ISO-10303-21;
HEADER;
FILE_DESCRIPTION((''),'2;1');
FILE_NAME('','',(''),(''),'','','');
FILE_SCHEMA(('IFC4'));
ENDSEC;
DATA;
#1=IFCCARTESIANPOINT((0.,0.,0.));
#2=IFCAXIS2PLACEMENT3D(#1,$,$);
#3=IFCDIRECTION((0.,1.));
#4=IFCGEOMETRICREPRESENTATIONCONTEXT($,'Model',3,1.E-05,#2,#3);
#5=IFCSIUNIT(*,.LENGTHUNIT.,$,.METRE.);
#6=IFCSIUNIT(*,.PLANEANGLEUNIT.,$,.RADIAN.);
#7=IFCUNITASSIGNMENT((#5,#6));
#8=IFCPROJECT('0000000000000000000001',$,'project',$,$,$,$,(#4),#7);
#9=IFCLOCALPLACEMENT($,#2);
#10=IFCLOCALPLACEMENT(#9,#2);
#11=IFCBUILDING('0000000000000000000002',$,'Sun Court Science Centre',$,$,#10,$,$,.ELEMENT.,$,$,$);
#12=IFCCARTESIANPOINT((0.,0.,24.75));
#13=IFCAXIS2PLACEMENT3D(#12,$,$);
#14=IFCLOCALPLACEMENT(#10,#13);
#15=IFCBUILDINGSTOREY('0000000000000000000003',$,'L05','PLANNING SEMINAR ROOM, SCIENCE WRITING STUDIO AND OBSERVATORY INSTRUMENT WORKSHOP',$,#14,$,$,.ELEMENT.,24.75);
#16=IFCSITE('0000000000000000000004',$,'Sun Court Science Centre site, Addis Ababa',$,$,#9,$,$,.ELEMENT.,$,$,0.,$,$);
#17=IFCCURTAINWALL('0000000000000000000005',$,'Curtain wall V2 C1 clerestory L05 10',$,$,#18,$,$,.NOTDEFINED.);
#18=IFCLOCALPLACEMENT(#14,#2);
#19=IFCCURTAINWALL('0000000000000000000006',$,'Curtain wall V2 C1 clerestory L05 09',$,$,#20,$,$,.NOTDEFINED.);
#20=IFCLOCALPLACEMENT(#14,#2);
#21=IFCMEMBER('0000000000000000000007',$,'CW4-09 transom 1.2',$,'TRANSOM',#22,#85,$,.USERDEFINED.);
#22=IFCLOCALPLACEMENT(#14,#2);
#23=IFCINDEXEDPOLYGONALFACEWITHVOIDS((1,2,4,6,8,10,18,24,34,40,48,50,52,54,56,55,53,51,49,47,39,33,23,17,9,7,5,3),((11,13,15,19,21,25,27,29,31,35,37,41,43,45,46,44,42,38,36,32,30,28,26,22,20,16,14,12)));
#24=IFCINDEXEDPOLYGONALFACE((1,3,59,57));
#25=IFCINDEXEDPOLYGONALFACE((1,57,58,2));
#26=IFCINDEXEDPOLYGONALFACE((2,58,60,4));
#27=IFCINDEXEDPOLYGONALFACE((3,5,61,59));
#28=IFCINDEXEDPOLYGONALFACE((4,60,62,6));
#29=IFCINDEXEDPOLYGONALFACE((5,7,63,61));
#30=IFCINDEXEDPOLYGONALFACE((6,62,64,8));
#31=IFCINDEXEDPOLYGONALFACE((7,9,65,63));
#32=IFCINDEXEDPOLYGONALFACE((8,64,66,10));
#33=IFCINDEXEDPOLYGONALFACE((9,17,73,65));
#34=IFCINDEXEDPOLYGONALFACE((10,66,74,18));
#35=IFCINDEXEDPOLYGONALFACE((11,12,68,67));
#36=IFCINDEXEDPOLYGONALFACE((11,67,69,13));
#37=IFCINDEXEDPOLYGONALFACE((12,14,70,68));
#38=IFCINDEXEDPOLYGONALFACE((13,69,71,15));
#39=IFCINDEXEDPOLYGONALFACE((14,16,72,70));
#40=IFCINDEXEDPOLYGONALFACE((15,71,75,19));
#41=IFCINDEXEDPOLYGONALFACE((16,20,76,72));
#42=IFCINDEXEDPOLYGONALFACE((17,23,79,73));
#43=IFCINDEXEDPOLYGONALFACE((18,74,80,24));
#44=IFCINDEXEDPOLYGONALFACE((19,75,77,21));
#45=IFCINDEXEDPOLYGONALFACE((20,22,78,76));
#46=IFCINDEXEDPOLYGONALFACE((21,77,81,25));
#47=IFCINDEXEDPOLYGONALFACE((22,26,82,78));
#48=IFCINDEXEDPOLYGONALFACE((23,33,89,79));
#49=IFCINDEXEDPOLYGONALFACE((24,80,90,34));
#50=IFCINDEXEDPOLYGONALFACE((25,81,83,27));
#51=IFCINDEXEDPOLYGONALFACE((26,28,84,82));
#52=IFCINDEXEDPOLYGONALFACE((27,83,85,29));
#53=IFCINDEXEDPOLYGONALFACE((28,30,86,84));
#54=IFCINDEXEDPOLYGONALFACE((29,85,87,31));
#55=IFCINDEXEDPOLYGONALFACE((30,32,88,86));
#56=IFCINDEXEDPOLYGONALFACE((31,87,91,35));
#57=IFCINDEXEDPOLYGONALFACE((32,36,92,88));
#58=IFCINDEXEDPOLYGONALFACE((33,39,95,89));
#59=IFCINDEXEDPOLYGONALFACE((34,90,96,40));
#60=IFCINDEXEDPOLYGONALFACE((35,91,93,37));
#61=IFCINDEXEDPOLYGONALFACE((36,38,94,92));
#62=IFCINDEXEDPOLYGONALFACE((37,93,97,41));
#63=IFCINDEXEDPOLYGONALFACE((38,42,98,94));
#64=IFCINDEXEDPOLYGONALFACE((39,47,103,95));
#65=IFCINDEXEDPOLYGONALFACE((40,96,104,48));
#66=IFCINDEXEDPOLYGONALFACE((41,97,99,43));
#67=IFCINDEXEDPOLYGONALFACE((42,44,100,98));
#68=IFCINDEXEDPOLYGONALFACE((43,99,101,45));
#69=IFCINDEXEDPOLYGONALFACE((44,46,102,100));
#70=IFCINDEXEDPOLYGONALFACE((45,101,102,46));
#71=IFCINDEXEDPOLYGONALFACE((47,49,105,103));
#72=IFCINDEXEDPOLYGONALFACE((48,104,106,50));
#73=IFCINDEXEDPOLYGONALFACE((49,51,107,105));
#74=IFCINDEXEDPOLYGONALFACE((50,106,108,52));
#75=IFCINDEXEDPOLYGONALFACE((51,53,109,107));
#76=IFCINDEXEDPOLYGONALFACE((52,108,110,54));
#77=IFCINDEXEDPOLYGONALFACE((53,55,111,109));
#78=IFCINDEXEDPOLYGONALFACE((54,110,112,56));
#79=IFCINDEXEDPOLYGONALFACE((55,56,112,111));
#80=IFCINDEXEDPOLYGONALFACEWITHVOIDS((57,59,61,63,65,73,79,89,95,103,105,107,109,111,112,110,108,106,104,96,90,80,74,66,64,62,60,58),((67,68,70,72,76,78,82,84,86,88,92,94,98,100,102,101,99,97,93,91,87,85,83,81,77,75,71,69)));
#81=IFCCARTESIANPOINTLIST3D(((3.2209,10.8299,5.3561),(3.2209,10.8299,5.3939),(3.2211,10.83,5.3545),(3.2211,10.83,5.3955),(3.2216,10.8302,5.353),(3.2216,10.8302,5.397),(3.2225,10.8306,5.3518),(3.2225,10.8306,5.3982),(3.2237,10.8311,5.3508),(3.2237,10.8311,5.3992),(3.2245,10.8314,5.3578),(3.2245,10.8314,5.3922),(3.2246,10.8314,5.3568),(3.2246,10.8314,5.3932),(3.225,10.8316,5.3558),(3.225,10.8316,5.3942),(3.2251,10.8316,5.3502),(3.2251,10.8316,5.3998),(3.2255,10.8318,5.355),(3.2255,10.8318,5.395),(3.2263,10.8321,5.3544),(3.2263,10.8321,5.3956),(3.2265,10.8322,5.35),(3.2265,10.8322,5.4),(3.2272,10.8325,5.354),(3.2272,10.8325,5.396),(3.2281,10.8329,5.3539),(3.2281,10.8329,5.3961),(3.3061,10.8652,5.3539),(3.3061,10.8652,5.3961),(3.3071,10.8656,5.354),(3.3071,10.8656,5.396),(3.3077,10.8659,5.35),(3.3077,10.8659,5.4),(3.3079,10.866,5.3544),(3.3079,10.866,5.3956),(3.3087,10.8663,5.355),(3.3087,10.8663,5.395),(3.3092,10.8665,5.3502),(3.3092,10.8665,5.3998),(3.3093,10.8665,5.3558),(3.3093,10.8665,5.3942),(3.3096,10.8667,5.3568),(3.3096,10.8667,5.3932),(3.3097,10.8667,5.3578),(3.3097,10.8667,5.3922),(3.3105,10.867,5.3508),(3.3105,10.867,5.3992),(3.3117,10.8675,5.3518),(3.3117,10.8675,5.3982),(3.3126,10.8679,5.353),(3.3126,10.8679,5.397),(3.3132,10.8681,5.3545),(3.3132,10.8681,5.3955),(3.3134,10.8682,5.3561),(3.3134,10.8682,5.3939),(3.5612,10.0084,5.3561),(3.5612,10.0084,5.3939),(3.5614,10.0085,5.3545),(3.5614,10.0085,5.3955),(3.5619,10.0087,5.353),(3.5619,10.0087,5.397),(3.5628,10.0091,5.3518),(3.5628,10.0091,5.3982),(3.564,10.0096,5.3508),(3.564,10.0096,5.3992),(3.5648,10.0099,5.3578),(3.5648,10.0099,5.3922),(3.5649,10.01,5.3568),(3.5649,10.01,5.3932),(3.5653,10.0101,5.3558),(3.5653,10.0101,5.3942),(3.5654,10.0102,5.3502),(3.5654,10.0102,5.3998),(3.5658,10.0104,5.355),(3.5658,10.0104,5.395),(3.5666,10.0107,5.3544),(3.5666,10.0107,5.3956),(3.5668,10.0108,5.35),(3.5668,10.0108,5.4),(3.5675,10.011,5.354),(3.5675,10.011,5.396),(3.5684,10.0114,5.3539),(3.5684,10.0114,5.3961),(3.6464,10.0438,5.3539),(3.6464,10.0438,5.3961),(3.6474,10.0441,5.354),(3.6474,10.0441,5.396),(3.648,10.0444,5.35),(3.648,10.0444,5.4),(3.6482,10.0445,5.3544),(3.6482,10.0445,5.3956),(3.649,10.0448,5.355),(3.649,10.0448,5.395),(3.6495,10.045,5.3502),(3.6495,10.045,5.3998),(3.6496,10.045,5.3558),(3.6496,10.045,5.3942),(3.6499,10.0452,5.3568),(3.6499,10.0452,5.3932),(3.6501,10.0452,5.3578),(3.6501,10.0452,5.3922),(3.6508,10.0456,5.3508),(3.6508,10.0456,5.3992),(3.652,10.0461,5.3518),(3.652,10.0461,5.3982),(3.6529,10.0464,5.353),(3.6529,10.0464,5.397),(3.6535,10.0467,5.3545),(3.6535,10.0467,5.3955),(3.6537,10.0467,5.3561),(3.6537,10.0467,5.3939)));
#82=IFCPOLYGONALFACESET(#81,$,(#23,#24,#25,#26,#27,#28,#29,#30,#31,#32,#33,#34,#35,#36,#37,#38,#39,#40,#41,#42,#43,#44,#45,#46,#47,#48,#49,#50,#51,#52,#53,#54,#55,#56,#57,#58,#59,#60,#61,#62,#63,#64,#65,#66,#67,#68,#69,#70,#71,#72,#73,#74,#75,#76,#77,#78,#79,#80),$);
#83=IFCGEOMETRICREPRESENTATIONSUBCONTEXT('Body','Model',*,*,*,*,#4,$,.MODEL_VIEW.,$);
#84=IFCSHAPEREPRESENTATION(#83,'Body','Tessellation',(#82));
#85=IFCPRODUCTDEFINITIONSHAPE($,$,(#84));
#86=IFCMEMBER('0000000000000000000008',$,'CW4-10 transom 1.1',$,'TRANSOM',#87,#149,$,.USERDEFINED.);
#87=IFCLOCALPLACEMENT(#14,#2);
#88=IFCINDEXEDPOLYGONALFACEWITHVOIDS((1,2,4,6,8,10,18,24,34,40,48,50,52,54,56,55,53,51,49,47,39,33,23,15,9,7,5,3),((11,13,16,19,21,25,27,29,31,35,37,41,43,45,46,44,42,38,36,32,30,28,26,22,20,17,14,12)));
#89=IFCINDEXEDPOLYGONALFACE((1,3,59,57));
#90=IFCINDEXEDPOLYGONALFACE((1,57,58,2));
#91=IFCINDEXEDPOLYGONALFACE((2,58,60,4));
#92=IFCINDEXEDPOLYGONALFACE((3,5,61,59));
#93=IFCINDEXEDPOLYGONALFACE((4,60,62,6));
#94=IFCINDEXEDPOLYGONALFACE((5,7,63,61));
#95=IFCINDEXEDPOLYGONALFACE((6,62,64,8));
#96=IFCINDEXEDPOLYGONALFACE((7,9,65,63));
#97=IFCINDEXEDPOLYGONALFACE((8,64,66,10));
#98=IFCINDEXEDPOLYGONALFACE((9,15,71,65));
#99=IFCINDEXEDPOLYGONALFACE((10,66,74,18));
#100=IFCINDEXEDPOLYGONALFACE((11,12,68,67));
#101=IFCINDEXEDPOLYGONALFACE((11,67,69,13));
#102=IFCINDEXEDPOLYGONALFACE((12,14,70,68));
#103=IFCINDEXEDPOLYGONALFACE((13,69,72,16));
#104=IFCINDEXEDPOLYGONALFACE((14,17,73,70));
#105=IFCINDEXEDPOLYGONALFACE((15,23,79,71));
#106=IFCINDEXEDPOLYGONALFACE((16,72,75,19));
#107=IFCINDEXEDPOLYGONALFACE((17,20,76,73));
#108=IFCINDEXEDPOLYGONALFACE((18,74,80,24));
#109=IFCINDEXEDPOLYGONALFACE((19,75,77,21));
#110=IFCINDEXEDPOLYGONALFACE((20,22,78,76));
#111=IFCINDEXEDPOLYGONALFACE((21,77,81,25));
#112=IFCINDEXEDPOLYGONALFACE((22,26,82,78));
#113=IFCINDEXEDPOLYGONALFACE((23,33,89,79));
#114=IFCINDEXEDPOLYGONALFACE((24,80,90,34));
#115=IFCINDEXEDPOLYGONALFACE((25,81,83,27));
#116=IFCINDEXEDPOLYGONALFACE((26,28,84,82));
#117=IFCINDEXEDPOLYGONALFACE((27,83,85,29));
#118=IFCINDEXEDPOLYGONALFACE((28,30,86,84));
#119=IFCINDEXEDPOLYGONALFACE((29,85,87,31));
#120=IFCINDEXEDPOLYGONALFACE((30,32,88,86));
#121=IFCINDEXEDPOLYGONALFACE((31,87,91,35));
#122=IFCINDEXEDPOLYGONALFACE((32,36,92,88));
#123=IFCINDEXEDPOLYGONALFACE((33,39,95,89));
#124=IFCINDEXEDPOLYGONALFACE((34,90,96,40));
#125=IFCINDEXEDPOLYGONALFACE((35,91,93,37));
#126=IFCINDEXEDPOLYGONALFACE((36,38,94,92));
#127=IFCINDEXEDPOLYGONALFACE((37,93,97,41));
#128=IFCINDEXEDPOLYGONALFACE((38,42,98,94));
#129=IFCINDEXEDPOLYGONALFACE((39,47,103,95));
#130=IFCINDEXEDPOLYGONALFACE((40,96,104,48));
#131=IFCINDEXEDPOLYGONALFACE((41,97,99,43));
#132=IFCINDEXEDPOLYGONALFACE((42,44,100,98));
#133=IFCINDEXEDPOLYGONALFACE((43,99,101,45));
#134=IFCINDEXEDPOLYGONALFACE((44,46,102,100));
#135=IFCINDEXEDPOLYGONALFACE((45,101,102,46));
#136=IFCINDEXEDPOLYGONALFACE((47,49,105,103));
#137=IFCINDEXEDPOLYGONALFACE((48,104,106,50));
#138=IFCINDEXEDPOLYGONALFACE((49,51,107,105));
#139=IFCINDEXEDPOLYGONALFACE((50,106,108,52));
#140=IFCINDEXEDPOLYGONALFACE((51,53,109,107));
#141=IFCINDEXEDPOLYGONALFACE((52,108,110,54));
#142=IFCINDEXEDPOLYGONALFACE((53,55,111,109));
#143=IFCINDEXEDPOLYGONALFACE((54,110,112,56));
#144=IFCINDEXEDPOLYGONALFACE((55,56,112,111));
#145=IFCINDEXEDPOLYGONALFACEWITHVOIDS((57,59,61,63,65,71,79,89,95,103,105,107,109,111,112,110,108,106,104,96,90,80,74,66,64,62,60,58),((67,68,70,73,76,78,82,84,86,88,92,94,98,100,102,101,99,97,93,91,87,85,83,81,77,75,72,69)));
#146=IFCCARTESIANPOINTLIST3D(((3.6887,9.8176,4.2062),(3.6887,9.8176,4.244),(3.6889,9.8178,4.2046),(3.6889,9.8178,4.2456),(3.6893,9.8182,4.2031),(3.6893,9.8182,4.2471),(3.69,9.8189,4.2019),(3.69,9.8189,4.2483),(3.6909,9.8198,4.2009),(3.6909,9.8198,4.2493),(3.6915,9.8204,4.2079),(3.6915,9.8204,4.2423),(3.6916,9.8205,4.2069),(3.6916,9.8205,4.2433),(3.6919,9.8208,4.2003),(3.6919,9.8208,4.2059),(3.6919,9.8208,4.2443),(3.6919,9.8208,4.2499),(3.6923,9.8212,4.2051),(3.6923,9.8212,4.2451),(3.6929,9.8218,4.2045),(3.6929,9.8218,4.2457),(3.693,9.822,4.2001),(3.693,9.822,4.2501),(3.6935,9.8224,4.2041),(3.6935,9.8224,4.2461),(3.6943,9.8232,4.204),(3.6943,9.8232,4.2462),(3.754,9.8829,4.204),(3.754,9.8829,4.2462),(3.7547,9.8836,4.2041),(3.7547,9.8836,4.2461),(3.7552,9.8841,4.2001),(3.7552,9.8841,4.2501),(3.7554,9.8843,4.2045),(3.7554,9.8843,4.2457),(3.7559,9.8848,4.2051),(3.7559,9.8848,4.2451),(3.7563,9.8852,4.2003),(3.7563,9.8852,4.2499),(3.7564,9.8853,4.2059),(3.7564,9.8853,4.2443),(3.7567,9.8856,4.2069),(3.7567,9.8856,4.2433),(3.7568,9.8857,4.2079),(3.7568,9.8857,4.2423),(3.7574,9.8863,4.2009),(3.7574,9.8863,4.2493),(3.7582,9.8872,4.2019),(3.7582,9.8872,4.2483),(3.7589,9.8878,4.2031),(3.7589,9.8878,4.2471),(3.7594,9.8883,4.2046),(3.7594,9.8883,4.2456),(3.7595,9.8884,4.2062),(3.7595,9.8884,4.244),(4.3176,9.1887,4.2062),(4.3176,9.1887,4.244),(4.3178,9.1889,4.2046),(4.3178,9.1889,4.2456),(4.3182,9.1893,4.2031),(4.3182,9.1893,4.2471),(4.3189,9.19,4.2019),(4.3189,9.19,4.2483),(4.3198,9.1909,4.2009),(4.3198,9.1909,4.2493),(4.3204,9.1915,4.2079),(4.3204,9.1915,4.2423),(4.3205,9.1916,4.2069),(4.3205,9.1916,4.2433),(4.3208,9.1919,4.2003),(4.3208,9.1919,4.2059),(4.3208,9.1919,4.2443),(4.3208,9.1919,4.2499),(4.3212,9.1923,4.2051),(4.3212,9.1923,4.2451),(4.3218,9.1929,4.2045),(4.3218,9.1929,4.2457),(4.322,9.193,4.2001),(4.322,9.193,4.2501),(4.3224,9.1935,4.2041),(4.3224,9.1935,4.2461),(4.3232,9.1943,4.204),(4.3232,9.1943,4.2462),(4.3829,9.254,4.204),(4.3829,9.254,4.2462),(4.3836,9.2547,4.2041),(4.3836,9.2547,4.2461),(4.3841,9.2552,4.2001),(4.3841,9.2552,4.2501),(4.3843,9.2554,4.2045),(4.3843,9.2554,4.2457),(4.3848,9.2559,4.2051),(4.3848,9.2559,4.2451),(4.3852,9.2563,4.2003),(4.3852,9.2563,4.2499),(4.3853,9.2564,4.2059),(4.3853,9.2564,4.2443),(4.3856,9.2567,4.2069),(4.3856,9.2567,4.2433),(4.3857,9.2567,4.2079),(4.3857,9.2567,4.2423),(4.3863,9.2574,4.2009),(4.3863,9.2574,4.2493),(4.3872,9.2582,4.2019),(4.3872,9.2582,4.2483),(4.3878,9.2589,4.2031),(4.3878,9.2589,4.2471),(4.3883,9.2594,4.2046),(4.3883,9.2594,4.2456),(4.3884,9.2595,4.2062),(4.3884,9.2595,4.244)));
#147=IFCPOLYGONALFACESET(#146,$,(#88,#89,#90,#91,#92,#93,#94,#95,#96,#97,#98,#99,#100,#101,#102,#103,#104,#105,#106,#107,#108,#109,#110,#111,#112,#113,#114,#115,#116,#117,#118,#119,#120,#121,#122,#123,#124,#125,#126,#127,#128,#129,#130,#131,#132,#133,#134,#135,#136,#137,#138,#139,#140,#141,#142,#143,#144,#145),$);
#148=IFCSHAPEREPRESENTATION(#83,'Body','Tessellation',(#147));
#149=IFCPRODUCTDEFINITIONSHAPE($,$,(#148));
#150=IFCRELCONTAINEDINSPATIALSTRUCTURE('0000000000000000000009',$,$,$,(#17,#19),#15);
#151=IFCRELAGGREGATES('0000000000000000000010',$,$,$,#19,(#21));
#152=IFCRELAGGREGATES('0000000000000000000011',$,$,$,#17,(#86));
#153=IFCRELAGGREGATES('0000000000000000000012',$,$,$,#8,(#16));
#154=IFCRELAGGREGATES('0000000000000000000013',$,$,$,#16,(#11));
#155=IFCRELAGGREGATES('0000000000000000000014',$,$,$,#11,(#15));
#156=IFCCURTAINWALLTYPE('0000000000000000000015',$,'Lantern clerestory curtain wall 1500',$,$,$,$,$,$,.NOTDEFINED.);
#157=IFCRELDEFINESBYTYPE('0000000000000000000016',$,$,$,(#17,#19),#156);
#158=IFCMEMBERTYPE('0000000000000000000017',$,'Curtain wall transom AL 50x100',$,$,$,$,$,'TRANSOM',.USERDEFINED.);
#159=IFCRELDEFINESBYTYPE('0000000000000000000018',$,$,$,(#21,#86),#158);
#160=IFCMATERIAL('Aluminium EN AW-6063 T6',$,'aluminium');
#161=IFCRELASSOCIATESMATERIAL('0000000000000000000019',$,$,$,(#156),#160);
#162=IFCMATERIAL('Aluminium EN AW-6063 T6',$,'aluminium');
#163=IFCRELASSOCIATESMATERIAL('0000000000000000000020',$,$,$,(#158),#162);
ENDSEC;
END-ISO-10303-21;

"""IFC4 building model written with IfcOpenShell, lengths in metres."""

from ifc_helpers import new_model, si_unit, direction, frame, origin, origin_2d, place, context, subcontext, project, spatial, hollow_rectangle, extrude, material, material_profile, profile_set, type_object, element, aggregate, save


model = new_model("IFC4")

# Units and contexts
model_context = context("Model", 3, precision=1e-05, world=origin(), true_north=direction((0.0, 1.0)))
body_context = subcontext(model_context, "Body", "Model", "MODEL_VIEW")
ifc_project = project(units=[si_unit("LENGTHUNIT", "METRE"), si_unit("PLANEANGLEUNIT", "RADIAN")], contexts=[model_context])

# Site, building, storey
site_placement = place(None, origin())
site = spatial("IfcSite", under=ifc_project, at=site_placement, Name="Sun Court Science Centre site, Addis Ababa", CompositionType="ELEMENT", RefElevation=0.0)
building_placement = place(site_placement, origin())
building = spatial("IfcBuilding", under=site, at=building_placement, Name="Sun Court Science Centre", CompositionType="ELEMENT")
storey_placement = place(building_placement, frame((0.0, 0.0, 24.75)))
storey = spatial("IfcBuildingStorey", under=building, at=storey_placement, Name="L05", Description="PLANNING SEMINAR ROOM, SCIENCE WRITING STUDIO AND OBSERVATORY INSTRUMENT WORKSHOP", CompositionType="ELEMENT", Elevation=24.75)

# Curtain wall
ifc_material_1 = material(Name="Aluminium EN AW-6063 T6", Category="aluminium")
curtain_wall_type = type_object("IfcCurtainWallType", Name="Lantern clerestory curtain wall 1500", PredefinedType="NOTDEFINED", material=ifc_material_1)
curtain_wall_1_placement = place(storey_placement, origin())
curtain_wall_1 = element("IfcCurtainWall", 1, at=curtain_wall_1_placement, inside=storey, type_object=curtain_wall_type, Name="Curtain wall V2 C1 clerestory L05 10", PredefinedType="NOTDEFINED")

# Curtain wall, member
ifc_material_2 = material(Name="Aluminium EN AW-6063 T6", Category="aluminium")
ifc_material_profile_1 = material_profile(ifc_material_2, hollow_rectangle(XDim=0.05, YDim=0.1001, WallThickness=0.0039, InnerFilletRadius=0.0039, OuterFilletRadius=0.0061, at=origin_2d()), Name="AL 50x100x4")
ifc_profile_set_1 = profile_set([ifc_material_profile_1], Name="Aluminium EN AW-6063 T6")
member_type_1 = type_object("IfcMemberType", Name="Curtain wall transom AL 50x100", ElementType="TRANSOM", PredefinedType="USERDEFINED", material=ifc_profile_set_1)
curtain_wall_2_placement = place(storey_placement, origin())
curtain_wall_2 = element("IfcCurtainWall", 2, at=curtain_wall_2_placement, inside=storey, type_object=curtain_wall_type, Name="Curtain wall V2 C1 clerestory L05 09", PredefinedType="NOTDEFINED")
member_1_placement = place(storey_placement, frame((3.6074, 10.0276, 5.375), z_axis=(-0.382724, 0.923863, 0.0), x_axis=(0.0, 0.0, 1.0)))
member_1 = element("IfcMember", 3, at=member_1_placement, type_object=member_type_1, Name="CW4-09 transom 1.2", ObjectType="TRANSOM", PredefinedType="USERDEFINED", context=body_context, shape_type="SweptSolid", body=[
    extrude(hollow_rectangle(XDim=0.05, YDim=0.1001, WallThickness=0.0039, InnerFilletRadius=0.0039, OuterFilletRadius=0.0061, at=origin_2d()), origin(), (0.0, 0.0, 1.0), 0.8892),
])

# Member
member_2_placement = place(storey_placement, frame((4.353, 9.2241, 4.2251), z_axis=(-0.707107, 0.707107, 0.0), x_axis=(0.0, 0.0, 1.0)))
member_2 = element("IfcMember", 4, at=member_2_placement, type_object=member_type_1, Name="CW4-10 transom 1.1", ObjectType="TRANSOM", PredefinedType="USERDEFINED", context=body_context, shape_type="SweptSolid", body=[
    extrude(hollow_rectangle(XDim=0.05, YDim=0.1001, WallThickness=0.0039, InnerFilletRadius=0.0039, OuterFilletRadius=0.0061, at=origin_2d()), origin(), (0.0, 0.0, 1.0), 0.8894),
])

aggregate(curtain_wall_2, [member_1])
aggregate(curtain_wall_1, [member_2])

save(model, "model.ifc")
